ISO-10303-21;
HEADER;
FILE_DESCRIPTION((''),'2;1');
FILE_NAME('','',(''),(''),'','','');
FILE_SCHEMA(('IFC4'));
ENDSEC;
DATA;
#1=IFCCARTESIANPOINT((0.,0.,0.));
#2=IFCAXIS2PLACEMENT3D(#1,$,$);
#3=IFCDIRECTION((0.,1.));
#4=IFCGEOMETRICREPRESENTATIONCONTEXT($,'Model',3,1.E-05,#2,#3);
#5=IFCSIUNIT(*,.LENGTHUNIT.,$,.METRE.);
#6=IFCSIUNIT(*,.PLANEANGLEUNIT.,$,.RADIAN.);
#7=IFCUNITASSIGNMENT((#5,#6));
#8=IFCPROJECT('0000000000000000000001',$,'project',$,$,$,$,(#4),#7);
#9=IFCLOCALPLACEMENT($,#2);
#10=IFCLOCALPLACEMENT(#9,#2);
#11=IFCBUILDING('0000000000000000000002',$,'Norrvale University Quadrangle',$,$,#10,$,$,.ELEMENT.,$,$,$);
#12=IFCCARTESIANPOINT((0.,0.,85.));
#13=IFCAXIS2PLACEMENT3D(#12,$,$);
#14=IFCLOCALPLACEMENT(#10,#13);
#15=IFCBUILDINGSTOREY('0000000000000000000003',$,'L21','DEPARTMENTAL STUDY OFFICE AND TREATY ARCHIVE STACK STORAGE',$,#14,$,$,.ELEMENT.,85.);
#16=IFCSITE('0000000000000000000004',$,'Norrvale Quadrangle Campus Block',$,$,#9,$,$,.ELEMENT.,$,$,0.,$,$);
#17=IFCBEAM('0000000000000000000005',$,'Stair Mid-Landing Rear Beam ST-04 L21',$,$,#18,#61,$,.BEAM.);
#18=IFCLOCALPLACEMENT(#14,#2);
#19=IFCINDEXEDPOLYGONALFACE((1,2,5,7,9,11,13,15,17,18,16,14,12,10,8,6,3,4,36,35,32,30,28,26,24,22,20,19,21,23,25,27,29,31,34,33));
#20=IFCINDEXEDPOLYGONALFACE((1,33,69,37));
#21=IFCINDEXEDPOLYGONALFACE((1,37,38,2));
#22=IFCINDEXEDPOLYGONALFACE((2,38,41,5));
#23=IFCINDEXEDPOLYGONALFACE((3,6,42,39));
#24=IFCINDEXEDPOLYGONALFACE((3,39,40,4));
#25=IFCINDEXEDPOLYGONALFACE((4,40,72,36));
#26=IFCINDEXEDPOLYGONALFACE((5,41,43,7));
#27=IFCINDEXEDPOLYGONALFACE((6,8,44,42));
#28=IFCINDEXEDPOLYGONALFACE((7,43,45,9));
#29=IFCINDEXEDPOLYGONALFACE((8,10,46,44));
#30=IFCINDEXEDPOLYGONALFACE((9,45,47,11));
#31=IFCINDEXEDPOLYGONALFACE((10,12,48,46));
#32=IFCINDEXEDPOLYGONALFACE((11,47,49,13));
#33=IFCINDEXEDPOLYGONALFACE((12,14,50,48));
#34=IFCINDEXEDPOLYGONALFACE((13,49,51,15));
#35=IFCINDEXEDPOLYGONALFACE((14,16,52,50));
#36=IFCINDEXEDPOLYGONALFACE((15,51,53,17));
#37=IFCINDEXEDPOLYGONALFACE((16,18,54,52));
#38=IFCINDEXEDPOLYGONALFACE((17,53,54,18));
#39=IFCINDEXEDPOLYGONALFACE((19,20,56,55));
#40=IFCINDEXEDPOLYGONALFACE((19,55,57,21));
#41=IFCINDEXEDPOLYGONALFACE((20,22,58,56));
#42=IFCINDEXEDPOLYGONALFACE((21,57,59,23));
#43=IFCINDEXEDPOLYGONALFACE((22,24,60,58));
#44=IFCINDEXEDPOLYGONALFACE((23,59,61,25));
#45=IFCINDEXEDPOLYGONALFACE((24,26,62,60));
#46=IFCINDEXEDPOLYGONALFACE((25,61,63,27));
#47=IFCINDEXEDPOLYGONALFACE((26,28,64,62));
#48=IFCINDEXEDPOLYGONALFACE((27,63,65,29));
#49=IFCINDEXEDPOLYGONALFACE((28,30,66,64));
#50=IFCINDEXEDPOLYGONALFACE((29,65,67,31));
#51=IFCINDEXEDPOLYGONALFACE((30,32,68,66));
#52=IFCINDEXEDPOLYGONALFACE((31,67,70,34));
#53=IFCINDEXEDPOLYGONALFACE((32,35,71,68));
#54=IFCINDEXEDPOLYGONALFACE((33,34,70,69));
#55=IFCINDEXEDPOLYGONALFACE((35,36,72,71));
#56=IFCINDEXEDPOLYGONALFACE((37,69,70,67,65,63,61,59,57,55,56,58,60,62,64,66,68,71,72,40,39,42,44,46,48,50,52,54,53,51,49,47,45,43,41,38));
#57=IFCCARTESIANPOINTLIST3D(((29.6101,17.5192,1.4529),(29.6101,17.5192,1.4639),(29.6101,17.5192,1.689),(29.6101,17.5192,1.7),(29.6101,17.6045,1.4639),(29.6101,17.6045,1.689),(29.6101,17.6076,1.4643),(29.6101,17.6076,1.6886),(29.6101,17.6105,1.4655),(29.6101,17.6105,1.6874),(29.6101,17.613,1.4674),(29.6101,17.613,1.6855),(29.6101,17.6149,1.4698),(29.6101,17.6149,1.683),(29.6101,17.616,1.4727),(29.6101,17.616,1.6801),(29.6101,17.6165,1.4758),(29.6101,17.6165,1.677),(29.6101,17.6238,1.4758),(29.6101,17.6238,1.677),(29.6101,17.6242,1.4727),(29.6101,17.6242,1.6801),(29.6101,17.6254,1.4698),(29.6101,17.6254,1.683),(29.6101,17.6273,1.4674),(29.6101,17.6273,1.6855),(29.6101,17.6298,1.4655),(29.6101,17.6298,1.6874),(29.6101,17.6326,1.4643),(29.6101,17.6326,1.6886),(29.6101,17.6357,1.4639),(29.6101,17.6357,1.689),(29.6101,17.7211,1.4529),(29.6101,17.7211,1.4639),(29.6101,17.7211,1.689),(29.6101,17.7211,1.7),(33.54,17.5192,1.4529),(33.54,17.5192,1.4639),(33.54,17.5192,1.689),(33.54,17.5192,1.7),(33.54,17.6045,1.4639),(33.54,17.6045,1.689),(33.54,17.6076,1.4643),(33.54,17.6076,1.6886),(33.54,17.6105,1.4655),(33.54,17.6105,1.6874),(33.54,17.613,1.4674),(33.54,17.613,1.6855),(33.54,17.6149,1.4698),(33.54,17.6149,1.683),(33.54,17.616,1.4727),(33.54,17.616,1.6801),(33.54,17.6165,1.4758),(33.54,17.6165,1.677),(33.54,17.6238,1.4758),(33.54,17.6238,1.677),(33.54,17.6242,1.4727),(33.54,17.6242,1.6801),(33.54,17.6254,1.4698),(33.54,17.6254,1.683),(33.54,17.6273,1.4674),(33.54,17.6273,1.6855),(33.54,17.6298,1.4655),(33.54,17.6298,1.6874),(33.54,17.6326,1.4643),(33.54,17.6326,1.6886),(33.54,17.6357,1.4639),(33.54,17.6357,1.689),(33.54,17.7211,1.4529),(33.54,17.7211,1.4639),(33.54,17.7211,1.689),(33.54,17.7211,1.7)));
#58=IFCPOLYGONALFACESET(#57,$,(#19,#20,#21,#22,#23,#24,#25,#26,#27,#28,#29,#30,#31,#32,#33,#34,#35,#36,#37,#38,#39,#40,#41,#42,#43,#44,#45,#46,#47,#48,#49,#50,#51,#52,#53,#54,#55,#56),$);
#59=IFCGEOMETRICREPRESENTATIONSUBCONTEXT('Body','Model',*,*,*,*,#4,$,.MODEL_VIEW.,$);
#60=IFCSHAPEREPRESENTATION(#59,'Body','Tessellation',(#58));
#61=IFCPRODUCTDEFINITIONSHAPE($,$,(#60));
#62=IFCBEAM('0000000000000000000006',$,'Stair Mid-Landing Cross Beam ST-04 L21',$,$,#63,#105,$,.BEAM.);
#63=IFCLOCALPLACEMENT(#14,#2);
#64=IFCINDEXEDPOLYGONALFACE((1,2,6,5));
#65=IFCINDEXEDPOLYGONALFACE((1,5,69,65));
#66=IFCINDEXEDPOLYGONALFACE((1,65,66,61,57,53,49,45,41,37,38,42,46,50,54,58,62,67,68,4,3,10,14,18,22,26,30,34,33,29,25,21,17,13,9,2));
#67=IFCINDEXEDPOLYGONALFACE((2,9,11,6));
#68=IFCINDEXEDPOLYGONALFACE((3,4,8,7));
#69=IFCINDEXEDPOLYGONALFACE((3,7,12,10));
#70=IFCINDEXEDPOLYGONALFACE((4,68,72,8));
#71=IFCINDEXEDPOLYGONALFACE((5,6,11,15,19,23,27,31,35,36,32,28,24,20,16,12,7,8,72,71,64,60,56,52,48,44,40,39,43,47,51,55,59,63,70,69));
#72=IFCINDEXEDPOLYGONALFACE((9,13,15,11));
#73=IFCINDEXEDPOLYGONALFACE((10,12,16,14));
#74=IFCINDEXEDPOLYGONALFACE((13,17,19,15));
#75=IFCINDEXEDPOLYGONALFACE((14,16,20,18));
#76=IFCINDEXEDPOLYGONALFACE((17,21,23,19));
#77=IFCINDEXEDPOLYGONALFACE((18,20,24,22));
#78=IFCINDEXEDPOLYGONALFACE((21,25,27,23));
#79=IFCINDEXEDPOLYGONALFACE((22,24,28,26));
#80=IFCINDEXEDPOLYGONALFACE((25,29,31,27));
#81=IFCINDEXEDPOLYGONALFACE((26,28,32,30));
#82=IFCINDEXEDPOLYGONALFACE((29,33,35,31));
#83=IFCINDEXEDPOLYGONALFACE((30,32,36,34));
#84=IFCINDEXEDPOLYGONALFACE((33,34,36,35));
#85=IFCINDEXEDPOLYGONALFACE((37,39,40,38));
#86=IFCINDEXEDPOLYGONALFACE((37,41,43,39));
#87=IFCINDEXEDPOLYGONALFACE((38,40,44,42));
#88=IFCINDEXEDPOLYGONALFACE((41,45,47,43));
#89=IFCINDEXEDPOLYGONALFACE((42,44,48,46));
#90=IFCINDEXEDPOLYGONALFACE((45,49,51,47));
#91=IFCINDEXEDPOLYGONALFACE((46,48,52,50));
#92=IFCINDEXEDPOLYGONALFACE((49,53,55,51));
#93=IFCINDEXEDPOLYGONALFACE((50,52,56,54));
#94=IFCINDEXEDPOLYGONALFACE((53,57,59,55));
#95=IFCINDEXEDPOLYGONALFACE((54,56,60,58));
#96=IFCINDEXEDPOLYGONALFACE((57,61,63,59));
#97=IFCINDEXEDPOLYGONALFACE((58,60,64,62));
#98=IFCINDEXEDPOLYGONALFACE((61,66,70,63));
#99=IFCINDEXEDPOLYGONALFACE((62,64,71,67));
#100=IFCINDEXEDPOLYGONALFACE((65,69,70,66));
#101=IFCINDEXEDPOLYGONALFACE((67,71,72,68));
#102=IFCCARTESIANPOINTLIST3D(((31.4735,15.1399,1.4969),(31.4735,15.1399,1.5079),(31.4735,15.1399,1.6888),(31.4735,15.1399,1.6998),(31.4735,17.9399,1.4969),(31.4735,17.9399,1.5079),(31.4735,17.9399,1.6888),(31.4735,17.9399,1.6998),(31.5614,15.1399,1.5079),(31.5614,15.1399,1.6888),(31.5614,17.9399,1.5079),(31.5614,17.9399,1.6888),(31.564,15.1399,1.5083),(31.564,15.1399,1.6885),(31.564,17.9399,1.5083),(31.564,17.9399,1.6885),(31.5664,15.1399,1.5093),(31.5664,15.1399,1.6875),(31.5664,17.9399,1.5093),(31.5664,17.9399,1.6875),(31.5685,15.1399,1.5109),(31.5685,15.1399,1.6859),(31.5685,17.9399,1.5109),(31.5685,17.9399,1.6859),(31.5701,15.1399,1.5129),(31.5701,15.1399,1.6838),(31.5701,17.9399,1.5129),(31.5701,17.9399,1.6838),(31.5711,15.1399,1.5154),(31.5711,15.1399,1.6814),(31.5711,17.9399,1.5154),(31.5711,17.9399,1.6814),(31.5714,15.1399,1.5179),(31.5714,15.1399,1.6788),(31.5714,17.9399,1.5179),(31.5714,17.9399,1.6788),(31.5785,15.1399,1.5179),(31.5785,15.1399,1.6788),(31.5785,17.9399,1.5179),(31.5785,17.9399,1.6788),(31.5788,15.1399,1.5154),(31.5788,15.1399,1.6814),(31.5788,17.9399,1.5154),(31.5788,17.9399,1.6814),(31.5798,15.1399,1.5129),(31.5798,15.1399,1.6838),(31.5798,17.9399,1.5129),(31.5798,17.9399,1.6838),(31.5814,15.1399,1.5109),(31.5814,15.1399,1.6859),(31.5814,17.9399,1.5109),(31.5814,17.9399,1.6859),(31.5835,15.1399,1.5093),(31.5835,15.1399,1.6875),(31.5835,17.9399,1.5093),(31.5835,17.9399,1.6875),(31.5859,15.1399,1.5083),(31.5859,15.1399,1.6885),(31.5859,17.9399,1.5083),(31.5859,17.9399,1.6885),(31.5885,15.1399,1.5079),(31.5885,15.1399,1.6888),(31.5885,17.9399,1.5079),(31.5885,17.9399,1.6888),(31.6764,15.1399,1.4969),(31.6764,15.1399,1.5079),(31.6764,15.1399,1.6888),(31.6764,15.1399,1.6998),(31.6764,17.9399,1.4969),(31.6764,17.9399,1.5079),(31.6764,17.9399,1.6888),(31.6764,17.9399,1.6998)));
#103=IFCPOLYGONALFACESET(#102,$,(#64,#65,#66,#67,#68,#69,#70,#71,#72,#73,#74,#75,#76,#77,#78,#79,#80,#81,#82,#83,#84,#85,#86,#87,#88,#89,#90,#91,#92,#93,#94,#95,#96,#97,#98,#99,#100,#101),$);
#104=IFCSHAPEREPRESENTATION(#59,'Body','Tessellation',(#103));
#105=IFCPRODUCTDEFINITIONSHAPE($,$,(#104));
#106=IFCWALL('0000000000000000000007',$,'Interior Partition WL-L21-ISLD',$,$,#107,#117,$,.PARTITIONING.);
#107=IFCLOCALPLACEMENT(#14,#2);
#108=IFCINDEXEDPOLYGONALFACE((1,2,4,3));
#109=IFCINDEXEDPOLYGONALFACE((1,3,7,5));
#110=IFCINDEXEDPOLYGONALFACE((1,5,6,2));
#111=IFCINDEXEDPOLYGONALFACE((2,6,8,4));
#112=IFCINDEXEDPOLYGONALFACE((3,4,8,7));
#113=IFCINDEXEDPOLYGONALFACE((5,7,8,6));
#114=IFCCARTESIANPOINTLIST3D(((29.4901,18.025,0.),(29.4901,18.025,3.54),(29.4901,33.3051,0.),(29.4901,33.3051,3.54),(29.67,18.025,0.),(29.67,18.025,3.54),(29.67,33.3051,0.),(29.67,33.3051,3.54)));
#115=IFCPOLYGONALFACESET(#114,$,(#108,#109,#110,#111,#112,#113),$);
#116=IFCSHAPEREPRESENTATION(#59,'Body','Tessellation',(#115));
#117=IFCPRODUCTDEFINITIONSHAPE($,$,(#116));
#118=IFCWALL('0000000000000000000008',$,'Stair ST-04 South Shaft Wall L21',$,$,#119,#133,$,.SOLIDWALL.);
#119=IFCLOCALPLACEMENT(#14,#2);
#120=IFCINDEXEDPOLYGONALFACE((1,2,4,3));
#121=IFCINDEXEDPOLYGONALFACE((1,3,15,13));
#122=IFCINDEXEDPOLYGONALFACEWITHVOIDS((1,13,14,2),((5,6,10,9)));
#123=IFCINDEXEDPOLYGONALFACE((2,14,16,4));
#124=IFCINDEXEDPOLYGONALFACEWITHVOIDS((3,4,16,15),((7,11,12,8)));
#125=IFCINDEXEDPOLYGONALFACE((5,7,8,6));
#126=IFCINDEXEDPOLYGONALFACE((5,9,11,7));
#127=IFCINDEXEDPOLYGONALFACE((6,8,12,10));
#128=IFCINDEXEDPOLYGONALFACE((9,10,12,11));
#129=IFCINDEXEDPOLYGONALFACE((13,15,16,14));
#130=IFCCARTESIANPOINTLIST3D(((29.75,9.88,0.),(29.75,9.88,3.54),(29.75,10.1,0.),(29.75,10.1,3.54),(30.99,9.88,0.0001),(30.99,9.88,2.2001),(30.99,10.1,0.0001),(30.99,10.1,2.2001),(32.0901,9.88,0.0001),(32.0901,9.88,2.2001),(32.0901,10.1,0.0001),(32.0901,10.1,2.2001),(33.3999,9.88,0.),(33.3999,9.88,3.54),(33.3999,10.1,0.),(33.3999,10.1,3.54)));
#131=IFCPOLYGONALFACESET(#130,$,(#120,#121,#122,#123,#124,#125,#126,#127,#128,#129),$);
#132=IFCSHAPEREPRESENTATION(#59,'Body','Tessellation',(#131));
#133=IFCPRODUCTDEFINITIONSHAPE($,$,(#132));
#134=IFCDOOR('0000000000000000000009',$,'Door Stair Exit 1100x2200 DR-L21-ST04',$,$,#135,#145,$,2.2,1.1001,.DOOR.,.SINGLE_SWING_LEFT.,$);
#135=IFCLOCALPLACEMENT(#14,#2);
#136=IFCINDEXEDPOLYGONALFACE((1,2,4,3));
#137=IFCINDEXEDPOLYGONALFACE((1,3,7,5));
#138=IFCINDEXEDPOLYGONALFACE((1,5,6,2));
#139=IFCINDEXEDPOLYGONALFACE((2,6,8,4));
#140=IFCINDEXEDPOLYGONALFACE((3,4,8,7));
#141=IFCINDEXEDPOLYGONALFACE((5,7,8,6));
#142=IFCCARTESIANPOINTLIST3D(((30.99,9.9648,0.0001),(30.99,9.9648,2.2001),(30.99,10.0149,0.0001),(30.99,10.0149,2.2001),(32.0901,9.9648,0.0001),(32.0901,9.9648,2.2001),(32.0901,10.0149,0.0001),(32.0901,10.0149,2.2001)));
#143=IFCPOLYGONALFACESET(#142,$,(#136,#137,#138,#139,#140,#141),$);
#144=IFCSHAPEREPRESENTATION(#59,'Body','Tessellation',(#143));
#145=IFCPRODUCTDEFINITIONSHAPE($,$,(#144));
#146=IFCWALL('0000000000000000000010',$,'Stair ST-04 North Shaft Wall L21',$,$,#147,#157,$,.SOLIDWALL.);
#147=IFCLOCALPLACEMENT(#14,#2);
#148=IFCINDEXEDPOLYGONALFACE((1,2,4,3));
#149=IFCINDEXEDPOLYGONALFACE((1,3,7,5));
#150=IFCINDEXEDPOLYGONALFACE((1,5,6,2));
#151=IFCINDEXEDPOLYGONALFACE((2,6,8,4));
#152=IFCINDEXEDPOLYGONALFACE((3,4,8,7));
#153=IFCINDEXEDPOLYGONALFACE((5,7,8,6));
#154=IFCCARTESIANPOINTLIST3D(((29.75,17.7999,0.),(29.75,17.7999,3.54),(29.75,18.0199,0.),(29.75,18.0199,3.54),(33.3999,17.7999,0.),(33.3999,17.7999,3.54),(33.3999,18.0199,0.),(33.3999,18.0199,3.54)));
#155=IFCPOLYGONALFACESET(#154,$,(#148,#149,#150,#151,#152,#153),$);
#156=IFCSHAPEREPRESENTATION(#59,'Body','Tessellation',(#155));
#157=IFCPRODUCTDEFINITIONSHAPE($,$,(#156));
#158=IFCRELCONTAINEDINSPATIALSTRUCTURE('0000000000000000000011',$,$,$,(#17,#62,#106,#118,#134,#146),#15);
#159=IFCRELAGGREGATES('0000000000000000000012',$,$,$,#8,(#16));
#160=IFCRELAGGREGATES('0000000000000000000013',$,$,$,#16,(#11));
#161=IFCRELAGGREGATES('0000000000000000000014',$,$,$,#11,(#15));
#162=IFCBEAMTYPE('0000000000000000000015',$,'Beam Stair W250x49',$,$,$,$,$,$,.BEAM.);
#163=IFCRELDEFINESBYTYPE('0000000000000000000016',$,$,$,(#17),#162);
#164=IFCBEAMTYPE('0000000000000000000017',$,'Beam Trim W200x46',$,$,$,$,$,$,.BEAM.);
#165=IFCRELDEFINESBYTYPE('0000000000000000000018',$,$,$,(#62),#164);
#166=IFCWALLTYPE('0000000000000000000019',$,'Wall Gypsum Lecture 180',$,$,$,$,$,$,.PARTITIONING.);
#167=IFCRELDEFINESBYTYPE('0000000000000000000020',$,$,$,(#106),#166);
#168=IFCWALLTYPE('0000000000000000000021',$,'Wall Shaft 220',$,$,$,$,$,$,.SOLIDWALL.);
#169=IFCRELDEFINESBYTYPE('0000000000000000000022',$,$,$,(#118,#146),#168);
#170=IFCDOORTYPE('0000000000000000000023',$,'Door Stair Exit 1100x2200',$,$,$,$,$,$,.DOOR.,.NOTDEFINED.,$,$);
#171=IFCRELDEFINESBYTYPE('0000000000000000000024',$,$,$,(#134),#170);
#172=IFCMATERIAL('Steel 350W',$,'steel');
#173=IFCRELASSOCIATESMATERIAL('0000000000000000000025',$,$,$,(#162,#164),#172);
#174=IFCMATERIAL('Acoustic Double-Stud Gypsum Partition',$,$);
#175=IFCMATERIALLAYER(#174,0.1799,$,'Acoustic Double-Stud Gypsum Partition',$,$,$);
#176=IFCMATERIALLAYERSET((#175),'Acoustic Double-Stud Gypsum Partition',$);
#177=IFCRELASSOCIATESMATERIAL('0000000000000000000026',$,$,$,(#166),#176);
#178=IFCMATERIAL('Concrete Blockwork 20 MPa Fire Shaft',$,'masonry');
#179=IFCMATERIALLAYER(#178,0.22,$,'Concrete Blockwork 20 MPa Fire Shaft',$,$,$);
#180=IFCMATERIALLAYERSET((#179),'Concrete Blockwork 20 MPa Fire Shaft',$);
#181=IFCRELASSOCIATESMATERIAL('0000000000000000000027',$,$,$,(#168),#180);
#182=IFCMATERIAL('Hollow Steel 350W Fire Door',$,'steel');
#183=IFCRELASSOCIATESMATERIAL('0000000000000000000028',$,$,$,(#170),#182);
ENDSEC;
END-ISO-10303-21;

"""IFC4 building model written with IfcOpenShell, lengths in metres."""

from ifc_helpers import new_model, si_unit, direction, frame, frame_2d, origin, origin_2d, place, context, subcontext, project, spatial, rectangle, i_section, extrude, material, layer, layer_set, material_profile, profile_set, type_object, element, fill, save


model = new_model("IFC4")

# Units and contexts
model_context = context("Model", 3, precision=1e-05, world=origin(), true_north=direction((0.0, 1.0)))
body_context = subcontext(model_context, "Body", "Model", "MODEL_VIEW")
ifc_project = project(units=[si_unit("LENGTHUNIT", "METRE"), si_unit("PLANEANGLEUNIT", "RADIAN")], contexts=[model_context])

# Site, building, storey
site_placement = place(None, origin())
site = spatial("IfcSite", under=ifc_project, at=site_placement, Name="Norrvale Quadrangle Campus Block", CompositionType="ELEMENT", RefElevation=0.0)
building_placement = place(site_placement, origin())
building = spatial("IfcBuilding", under=site, at=building_placement, Name="Norrvale University Quadrangle", CompositionType="ELEMENT")
storey_placement = place(building_placement, frame((0.0, 0.0, 85.0)))
storey = spatial("IfcBuildingStorey", under=building, at=storey_placement, Name="L21", Description="DEPARTMENTAL STUDY OFFICE AND TREATY ARCHIVE STACK STORAGE", CompositionType="ELEMENT", Elevation=85.0)

# Beams
ifc_material_1 = material(Name="Steel 350W", Category="steel")
ifc_material_profile_1 = material_profile(ifc_material_1, i_section(OverallWidth=0.2019, OverallDepth=0.2471, WebThickness=0.0073, FlangeThickness=0.011, FilletRadius=0.012, at=origin_2d()), Name="Steel 350W")
ifc_profile_set_1 = profile_set([ifc_material_profile_1], Name="Steel 350W")
beam_type_1 = type_object("IfcBeamType", Name="Beam Stair W250x49", PredefinedType="BEAM", material=ifc_profile_set_1)
for number, where, z_axis, x_axis, name in (
    (1, (29.6101, 17.6201, 1.5764), (1.0, 0.0, 0.0), (0.0, 1.0, 0.0), "Stair Mid-Landing Rear Beam ST-04 L21"),
):
    element("IfcBeam", number, at=place(storey_placement, frame(where, z_axis=z_axis, x_axis=x_axis)), inside=storey, type_object=beam_type_1, Name=name, PredefinedType="BEAM", context=body_context, shape_type="SweptSolid", body=[
        extrude(i_section(OverallWidth=0.2019, OverallDepth=0.2471, WebThickness=0.0073, FlangeThickness=0.011, FilletRadius=0.012, at=origin_2d()), origin(), (0.0, 0.0, 1.0), 3.9299),
    ])
ifc_material_profile_2 = material_profile(ifc_material_1, i_section(OverallWidth=0.2029, OverallDepth=0.2029, WebThickness=0.0071, FlangeThickness=0.011, FilletRadius=0.01, at=origin_2d()), Name="Steel 350W")
ifc_profile_set_2 = profile_set([ifc_material_profile_2], Name="Steel 350W")
beam_type_2 = type_object("IfcBeamType", Name="Beam Trim W200x46", PredefinedType="BEAM", material=ifc_profile_set_2)
beam_1_placement = place(storey_placement, frame((31.575, 15.1399, 1.5984), z_axis=(0.0, 1.0, 0.0), x_axis=(-1.0, 0.0, 0.0)))
element("IfcBeam", 2, at=beam_1_placement, inside=storey, type_object=beam_type_2, Name="Stair Mid-Landing Cross Beam ST-04 L21", PredefinedType="BEAM", context=body_context, shape_type="SweptSolid", body=[
    extrude(i_section(OverallWidth=0.2029, OverallDepth=0.2029, WebThickness=0.0071, FlangeThickness=0.011, FilletRadius=0.01, at=origin_2d()), origin(), (0.0, 0.0, 1.0), 2.8),
])

# Wall
ifc_material_2 = material(Name="Acoustic Double-Stud Gypsum Partition")
ifc_layer_1 = layer(ifc_material_2, 0.1799, Name="Acoustic Double-Stud Gypsum Partition")
ifc_layer_set_1 = layer_set([ifc_layer_1], Name="Acoustic Double-Stud Gypsum Partition")
wall_type_1 = type_object("IfcWallType", Name="Wall Gypsum Lecture 180", PredefinedType="PARTITIONING", material=ifc_layer_set_1)
wall_1_placement = place(storey_placement, frame((29.5801, 18.0249, 0.0), z_axis=(0.0, 0.0, 1.0), x_axis=(0.0, 1.0, 0.0)))
element("IfcWall", 3, at=wall_1_placement, inside=storey, type_object=wall_type_1, Name="Interior Partition WL-L21-ISLD", PredefinedType="PARTITIONING", context=body_context, shape_type="SweptSolid", body=[
    extrude(rectangle(XDim=15.28, YDim=0.1799, at=frame_2d((7.6401, 0.0))), origin(), (0.0, 0.0, 1.0), 3.54),
])

# Wall, opening, door
ifc_material_3 = material(Name="Concrete Blockwork 20 MPa Fire Shaft", Category="masonry")
ifc_layer_2 = layer(ifc_material_3, 0.22, Name="Concrete Blockwork 20 MPa Fire Shaft")
ifc_layer_set_2 = layer_set([ifc_layer_2], Name="Concrete Blockwork 20 MPa Fire Shaft")
wall_type_2 = type_object("IfcWallType", Name="Wall Shaft 220", PredefinedType="SOLIDWALL", material=ifc_layer_set_2)
wall_2_placement = place(storey_placement, frame((29.75, 9.99, 0.0), z_axis=(0.0, 0.0, 1.0), x_axis=(1.0, 0.0, 0.0)))
wall_2 = element("IfcWall", 4, at=wall_2_placement, inside=storey, type_object=wall_type_2, Name="Stair ST-04 South Shaft Wall L21", PredefinedType="SOLIDWALL", context=body_context, shape_type="SweptSolid", body=[
    extrude(rectangle(XDim=3.6499, YDim=0.22, at=frame_2d((1.825, 0.0))), origin(), (0.0, 0.0, 1.0), 3.54),
])
opening_placement = place(wall_2_placement, frame((1.24, 0.0, 0.0)))
opening = element("IfcOpeningElement", 5, at=opening_placement, cuts=wall_2, PredefinedType="OPENING", context=body_context, shape_type="SweptSolid", body=[
    extrude(rectangle(XDim=1.1001, YDim=2.2, at=frame_2d((0.55, 1.1001))), frame((0.0, 0.1221, 0.0), z_axis=(0.0, -1.0, 0.0), x_axis=(1.0, 0.0, 0.0)), (0.0, 0.0, 1.0), 0.2439),
])
ifc_material_4 = material(Name="Hollow Steel 350W Fire Door", Category="steel")
door_type = type_object("IfcDoorType", Name="Door Stair Exit 1100x2200", OperationType="NOTDEFINED", PredefinedType="DOOR", material=ifc_material_4)
door_placement = place(opening_placement, origin())
door = element("IfcDoor", 6, at=door_placement, inside=storey, type_object=door_type, Name="Door Stair Exit 1100x2200 DR-L21-ST04", OperationType="SINGLE_SWING_LEFT", OverallHeight=2.2, OverallWidth=1.1001, PredefinedType="DOOR", context=body_context, shape_type="SweptSolid", body=[
    extrude(rectangle(XDim=1.1001, YDim=2.2, at=frame_2d((0.55, 1.1001))), frame((0.0, 0.0249, 0.0), z_axis=(0.0, -1.0, 0.0), x_axis=(1.0, 0.0, 0.0)), (0.0, 0.0, 1.0), 0.05),
])
fill(opening, door)

# Wall
wall_3_placement = place(storey_placement, frame((29.75, 17.9099, 0.0), z_axis=(0.0, 0.0, 1.0), x_axis=(1.0, 0.0, 0.0)))
element("IfcWall", 7, at=wall_3_placement, inside=storey, type_object=wall_type_2, Name="Stair ST-04 North Shaft Wall L21", PredefinedType="SOLIDWALL", context=body_context, shape_type="SweptSolid", body=[
    extrude(rectangle(XDim=3.6499, YDim=0.22, at=frame_2d((1.825, 0.0))), origin(), (0.0, 0.0, 1.0), 3.54),
])

save(model, "model.ifc")
